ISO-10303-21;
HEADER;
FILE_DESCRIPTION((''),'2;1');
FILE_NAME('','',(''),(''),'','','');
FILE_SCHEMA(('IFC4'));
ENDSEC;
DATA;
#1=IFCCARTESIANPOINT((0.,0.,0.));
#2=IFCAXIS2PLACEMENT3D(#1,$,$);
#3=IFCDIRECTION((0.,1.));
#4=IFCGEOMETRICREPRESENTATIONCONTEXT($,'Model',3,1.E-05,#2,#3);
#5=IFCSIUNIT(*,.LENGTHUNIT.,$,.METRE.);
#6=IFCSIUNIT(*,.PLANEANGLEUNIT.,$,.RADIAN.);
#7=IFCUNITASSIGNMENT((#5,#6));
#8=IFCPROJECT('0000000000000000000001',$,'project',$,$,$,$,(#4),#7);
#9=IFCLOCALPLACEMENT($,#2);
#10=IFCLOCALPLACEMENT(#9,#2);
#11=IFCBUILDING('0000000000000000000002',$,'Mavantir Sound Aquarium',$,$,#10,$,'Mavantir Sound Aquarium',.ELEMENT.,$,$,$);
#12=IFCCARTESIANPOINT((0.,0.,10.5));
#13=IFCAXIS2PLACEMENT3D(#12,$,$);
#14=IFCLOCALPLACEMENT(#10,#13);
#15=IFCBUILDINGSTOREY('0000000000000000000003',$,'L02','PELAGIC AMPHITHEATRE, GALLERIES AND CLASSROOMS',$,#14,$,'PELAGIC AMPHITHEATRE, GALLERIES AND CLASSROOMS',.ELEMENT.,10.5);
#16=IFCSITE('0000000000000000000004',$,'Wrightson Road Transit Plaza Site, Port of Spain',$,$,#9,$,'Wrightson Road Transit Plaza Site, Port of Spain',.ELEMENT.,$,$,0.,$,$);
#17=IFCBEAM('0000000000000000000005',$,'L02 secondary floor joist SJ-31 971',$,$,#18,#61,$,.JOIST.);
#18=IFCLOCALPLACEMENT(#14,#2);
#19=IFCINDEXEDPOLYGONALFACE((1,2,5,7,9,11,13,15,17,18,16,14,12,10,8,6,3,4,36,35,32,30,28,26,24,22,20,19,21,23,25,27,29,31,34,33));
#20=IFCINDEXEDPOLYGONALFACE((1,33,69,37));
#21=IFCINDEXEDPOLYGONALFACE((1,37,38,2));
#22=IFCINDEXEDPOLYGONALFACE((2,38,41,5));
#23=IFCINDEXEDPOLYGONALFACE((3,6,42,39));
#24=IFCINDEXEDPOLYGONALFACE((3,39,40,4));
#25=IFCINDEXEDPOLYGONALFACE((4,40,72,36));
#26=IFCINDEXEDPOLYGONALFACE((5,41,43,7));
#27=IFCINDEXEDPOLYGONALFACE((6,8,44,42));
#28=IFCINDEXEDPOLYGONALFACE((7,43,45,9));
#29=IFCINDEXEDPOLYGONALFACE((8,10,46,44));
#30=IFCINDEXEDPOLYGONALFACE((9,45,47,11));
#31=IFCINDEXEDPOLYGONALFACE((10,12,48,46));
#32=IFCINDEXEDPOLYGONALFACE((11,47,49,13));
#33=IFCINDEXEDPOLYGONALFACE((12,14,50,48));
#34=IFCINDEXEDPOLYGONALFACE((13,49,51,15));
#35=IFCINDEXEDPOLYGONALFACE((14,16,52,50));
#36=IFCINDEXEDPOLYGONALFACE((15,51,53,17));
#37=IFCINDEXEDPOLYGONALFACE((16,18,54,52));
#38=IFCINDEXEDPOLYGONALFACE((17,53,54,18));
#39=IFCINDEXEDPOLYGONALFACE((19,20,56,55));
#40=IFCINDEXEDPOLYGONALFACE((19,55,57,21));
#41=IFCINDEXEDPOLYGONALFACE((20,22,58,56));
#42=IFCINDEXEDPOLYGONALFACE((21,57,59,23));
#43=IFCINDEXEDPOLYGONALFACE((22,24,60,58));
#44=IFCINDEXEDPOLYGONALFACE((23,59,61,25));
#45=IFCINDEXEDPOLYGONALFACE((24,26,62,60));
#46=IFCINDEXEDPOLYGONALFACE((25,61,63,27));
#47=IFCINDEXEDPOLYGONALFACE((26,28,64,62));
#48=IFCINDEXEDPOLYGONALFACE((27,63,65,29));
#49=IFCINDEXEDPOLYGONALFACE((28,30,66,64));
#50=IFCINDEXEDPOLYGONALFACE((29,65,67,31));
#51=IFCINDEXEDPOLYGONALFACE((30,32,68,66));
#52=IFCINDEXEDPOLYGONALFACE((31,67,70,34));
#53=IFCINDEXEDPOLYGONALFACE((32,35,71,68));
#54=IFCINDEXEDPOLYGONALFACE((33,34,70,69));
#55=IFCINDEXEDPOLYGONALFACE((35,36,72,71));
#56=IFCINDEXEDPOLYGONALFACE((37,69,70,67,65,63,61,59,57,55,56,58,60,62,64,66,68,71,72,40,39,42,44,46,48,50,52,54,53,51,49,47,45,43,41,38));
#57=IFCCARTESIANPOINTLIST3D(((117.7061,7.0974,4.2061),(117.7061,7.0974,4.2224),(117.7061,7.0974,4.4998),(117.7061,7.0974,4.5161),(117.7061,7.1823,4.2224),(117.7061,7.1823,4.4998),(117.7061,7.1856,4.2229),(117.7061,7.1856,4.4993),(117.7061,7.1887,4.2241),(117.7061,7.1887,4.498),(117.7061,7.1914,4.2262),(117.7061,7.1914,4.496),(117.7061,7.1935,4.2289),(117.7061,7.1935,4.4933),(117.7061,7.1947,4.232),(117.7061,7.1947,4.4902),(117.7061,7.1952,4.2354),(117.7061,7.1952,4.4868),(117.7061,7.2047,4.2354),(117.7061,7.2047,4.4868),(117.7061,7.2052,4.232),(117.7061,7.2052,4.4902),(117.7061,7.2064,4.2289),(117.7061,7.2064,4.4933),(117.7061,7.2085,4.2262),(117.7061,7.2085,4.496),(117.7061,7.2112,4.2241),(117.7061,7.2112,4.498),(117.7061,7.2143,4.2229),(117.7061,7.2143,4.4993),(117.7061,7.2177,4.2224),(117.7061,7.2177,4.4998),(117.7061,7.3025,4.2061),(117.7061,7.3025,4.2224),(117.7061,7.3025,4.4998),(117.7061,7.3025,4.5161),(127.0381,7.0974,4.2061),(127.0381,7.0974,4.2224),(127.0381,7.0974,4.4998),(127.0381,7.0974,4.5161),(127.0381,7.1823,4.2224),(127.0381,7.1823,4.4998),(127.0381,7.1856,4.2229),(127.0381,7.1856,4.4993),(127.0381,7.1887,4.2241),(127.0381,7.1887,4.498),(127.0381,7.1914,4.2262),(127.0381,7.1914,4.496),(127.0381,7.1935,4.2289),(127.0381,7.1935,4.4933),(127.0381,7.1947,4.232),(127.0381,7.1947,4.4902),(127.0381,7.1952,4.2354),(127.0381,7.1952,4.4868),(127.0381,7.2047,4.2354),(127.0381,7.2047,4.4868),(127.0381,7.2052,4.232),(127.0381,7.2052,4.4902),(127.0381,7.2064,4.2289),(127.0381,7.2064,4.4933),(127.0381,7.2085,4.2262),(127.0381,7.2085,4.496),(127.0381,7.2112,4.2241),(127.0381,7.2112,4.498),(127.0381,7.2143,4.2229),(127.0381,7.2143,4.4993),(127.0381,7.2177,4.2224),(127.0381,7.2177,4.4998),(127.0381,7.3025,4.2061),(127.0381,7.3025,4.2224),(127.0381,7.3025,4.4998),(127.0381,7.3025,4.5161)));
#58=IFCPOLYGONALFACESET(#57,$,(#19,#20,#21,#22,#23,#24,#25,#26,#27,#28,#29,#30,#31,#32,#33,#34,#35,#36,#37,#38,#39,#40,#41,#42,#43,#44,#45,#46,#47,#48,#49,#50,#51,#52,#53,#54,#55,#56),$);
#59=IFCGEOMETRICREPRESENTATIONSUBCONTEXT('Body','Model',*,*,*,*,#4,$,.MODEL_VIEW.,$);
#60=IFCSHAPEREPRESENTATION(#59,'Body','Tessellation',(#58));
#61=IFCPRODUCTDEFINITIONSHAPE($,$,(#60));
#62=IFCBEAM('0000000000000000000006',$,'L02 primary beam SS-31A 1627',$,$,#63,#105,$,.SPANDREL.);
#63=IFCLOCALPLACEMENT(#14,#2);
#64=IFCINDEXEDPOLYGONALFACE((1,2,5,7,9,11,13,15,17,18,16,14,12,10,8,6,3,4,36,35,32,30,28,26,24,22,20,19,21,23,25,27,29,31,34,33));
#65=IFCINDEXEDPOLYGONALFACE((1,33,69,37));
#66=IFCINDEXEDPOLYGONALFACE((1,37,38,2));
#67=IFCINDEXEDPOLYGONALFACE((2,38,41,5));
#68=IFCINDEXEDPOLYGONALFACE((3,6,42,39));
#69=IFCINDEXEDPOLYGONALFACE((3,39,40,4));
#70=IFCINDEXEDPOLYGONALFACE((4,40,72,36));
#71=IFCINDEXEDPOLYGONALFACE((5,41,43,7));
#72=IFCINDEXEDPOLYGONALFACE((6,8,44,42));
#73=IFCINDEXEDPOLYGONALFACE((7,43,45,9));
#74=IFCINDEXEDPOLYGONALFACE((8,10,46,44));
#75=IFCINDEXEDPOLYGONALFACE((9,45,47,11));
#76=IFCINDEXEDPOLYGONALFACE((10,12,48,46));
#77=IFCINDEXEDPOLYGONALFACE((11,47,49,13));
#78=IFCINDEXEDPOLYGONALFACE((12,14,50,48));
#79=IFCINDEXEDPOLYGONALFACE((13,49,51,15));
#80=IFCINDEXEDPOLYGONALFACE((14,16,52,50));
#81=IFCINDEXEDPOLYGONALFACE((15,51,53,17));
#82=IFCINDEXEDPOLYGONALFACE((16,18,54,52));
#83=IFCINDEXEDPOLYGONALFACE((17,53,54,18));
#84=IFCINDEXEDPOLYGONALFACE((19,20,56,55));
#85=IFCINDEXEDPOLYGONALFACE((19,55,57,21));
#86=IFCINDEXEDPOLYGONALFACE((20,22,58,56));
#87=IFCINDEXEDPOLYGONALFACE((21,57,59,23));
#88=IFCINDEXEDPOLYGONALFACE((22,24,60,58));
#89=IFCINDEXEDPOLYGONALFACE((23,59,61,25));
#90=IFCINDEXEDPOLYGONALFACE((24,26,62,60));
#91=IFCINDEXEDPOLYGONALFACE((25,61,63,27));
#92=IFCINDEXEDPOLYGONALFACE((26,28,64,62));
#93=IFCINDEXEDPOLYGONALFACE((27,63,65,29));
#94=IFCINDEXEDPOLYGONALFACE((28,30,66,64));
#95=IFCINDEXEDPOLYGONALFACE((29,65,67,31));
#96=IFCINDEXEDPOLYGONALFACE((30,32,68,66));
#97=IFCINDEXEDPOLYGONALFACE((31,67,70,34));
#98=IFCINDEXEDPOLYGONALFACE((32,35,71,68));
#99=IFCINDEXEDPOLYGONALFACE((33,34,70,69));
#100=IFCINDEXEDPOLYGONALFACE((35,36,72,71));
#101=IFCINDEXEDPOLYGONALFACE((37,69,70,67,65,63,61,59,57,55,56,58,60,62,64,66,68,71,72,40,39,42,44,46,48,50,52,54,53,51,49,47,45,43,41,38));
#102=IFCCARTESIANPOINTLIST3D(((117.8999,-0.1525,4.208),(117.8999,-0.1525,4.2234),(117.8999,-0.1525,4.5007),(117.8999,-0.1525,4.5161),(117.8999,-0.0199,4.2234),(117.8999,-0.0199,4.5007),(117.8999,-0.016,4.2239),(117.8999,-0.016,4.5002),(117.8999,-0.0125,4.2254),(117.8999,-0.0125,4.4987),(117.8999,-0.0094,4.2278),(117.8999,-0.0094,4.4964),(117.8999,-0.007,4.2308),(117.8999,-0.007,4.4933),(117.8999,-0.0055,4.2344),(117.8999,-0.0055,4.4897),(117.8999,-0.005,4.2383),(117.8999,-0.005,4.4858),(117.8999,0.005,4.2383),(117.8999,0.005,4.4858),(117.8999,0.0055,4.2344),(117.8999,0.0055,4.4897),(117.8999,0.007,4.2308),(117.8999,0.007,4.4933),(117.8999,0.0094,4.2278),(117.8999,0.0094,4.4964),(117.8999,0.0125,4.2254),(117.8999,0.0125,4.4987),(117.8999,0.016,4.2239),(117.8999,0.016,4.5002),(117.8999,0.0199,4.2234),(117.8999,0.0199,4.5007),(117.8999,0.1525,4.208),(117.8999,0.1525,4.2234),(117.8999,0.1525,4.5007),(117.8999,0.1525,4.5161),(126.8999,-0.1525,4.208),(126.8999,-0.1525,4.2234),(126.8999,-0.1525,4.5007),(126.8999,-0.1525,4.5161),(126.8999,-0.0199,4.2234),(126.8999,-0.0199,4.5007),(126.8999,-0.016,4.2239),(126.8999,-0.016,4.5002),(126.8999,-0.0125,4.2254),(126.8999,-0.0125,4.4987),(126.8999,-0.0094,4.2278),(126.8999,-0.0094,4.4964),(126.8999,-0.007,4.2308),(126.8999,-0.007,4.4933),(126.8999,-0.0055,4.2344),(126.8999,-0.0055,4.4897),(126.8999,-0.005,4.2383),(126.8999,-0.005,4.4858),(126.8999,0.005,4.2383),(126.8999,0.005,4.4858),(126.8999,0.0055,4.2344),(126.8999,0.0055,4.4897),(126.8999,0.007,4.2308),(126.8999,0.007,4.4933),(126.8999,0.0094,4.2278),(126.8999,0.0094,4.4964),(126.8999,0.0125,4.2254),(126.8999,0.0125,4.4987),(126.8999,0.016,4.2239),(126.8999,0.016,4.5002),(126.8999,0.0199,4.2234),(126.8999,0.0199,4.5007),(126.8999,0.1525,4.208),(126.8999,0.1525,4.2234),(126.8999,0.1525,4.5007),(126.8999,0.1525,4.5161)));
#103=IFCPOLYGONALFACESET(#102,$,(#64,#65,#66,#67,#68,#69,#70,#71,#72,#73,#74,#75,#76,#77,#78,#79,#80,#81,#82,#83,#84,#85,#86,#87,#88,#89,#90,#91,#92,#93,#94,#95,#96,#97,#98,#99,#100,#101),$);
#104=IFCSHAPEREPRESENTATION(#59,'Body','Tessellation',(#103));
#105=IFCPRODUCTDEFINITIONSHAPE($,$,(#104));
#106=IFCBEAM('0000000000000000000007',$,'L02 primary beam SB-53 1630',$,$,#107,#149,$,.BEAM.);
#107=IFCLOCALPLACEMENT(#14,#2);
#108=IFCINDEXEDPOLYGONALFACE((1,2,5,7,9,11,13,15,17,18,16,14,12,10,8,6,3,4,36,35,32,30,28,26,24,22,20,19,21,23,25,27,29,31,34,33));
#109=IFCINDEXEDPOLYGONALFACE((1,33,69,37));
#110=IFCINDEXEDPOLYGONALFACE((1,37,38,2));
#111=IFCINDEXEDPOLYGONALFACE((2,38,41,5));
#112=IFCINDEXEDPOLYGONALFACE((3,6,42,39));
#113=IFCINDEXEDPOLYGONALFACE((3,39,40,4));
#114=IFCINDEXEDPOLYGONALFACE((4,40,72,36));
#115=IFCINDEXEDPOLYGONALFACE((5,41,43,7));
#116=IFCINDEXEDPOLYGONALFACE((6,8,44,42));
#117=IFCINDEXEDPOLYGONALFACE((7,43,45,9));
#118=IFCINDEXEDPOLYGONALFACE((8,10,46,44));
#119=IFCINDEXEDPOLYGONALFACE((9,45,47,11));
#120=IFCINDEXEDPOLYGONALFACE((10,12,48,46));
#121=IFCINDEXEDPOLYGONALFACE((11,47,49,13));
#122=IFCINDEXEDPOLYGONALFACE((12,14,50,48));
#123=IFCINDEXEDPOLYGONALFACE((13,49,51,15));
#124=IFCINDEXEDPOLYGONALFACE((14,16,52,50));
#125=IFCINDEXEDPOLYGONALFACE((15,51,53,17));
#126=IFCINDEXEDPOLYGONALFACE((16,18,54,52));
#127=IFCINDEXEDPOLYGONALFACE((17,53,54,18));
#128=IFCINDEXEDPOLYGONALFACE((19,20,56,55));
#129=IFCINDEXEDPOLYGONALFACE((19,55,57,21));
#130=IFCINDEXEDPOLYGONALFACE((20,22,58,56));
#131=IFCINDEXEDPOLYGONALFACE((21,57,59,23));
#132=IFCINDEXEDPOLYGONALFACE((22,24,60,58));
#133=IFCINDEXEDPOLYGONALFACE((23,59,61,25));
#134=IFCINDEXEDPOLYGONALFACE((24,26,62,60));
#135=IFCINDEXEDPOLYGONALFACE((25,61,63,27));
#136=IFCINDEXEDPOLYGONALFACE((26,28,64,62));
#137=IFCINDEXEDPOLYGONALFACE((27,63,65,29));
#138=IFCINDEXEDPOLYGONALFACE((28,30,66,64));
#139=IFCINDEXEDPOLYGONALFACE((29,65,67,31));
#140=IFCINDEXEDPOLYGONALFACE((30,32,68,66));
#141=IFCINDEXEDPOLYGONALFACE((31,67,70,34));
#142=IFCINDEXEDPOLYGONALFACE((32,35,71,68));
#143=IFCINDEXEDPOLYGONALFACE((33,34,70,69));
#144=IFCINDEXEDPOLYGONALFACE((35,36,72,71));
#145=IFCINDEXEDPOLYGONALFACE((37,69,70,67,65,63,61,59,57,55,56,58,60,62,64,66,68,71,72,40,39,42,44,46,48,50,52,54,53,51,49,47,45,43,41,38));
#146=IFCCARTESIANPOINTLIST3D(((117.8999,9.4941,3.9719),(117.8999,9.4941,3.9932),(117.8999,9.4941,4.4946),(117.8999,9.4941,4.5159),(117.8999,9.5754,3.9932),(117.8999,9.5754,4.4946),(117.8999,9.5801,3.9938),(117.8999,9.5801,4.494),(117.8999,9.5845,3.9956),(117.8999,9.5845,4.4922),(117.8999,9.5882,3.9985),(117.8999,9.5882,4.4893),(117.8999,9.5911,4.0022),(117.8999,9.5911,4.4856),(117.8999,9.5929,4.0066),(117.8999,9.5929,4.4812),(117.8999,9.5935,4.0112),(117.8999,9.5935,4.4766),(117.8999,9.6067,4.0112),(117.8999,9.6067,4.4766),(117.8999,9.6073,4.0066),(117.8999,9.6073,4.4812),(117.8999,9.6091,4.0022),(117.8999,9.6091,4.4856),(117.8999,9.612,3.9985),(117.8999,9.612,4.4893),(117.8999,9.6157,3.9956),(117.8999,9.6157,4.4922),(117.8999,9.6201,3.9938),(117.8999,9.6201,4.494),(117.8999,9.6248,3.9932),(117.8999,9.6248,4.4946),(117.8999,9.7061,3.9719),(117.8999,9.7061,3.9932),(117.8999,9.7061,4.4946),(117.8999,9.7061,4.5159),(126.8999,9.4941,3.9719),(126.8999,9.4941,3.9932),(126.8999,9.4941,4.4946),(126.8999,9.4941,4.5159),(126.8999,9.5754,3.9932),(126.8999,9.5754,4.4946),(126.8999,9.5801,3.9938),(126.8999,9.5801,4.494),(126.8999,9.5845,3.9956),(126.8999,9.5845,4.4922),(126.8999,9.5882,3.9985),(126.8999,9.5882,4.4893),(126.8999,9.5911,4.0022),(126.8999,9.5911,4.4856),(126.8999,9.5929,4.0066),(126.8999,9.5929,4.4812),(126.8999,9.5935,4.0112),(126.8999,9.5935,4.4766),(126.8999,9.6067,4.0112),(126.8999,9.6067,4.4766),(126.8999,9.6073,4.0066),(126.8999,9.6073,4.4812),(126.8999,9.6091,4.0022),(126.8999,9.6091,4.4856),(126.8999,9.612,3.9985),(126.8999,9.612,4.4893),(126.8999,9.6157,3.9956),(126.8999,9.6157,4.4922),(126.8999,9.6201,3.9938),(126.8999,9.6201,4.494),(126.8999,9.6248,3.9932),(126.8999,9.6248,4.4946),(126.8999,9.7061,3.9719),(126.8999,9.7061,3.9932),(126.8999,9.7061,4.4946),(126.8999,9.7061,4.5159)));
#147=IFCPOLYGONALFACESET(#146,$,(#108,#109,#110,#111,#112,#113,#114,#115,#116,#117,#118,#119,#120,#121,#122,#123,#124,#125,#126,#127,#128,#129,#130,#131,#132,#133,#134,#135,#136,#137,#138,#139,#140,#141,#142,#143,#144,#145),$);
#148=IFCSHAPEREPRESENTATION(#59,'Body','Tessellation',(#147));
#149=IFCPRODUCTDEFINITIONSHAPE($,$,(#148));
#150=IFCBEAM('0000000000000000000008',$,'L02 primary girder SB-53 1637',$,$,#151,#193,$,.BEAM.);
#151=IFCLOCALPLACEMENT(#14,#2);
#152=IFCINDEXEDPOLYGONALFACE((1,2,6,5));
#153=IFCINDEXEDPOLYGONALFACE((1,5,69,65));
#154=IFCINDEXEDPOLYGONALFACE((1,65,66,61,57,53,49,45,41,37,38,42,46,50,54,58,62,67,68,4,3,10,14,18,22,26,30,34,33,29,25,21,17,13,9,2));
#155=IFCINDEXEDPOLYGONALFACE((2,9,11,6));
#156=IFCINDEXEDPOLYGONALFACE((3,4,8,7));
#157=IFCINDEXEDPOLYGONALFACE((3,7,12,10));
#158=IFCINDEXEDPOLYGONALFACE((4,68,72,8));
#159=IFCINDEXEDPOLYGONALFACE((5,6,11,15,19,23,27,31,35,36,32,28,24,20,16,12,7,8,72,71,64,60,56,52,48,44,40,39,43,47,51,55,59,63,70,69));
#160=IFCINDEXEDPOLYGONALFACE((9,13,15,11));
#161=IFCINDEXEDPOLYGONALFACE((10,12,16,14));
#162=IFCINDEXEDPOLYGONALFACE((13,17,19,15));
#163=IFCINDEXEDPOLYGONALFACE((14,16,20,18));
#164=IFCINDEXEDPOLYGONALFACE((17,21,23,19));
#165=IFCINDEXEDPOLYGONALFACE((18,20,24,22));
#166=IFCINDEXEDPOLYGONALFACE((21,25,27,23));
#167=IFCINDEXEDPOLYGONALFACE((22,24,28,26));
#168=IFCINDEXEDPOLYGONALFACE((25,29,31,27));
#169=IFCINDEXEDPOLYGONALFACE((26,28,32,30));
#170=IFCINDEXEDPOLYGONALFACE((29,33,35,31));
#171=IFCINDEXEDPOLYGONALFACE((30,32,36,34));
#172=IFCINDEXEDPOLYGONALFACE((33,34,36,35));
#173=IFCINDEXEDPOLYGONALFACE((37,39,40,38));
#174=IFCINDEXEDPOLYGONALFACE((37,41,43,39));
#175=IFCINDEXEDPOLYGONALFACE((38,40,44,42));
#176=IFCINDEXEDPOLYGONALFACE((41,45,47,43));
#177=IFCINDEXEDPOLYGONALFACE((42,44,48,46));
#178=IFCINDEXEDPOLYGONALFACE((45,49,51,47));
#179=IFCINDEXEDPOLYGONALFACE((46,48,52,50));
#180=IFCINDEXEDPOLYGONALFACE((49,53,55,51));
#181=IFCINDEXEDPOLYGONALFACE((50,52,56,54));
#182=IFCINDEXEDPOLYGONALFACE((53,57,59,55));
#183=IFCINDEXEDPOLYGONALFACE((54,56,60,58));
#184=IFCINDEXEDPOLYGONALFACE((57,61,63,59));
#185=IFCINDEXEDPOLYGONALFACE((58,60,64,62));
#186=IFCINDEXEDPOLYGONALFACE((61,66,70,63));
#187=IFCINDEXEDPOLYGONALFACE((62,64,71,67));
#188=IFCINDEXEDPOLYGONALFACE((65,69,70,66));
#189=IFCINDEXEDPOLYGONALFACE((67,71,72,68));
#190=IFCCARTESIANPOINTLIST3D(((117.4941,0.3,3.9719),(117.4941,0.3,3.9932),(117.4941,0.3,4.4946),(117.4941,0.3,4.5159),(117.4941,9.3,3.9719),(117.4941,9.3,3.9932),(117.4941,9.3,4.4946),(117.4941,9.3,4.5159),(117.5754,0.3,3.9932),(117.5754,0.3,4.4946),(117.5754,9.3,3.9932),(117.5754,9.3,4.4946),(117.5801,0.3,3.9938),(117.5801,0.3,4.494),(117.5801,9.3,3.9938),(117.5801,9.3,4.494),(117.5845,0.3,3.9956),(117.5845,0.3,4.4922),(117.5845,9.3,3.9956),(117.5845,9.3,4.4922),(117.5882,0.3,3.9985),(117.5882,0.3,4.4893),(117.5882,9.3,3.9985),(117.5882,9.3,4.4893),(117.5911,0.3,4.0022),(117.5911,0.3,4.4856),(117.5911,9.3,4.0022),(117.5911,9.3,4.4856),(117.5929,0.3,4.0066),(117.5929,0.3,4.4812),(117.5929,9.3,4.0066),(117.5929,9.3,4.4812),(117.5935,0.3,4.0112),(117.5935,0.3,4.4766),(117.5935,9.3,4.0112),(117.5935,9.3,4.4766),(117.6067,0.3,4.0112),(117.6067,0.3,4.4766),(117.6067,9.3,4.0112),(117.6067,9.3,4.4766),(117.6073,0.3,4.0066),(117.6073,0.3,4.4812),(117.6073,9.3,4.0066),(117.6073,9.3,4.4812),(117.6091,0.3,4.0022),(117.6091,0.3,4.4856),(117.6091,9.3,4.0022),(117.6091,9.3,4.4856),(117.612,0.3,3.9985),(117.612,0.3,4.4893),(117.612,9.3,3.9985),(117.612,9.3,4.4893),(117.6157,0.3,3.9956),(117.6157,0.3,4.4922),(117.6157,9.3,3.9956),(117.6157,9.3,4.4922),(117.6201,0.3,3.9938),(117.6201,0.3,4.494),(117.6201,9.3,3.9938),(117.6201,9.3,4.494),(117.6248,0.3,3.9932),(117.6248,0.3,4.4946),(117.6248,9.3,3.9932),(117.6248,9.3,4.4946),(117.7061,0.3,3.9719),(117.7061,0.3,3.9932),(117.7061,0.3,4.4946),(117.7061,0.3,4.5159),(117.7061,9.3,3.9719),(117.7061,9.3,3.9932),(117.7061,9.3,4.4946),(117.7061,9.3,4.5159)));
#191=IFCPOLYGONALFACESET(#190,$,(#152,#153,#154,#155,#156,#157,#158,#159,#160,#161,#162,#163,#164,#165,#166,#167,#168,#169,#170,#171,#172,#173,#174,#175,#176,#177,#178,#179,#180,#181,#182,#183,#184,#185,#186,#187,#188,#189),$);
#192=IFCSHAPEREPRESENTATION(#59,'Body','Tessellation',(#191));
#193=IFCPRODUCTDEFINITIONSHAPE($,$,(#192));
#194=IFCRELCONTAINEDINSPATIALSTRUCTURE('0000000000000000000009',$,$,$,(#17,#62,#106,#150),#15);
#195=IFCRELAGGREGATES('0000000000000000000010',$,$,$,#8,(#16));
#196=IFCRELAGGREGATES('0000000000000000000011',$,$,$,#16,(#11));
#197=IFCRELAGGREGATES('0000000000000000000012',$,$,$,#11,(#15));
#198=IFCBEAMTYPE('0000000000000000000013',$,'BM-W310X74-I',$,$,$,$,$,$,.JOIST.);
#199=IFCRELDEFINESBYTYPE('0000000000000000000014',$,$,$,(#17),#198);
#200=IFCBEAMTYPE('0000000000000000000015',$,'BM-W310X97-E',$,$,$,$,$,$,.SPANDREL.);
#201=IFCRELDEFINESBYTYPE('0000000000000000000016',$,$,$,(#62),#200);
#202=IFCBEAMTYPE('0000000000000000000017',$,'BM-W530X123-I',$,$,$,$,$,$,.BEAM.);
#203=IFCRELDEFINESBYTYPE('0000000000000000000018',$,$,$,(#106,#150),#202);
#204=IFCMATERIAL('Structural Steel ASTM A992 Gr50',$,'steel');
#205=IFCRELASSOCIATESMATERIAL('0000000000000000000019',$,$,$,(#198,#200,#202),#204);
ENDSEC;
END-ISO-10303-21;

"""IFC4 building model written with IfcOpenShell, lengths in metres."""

from ifc_helpers import new_model, si_unit, direction, frame, origin, origin_2d, place, context, subcontext, project, spatial, i_section, extrude, material, material_profile, profile_set, type_object, element, save


model = new_model("IFC4")

# Units and contexts
model_context = context("Model", 3, precision=1e-05, world=origin(), true_north=direction((0.0, 1.0)))
body_context = subcontext(model_context, "Body", "Model", "MODEL_VIEW")
ifc_project = project(units=[si_unit("LENGTHUNIT", "METRE"), si_unit("PLANEANGLEUNIT", "RADIAN")], contexts=[model_context])

# Site, building, storey
site_placement = place(None, origin())
site = spatial("IfcSite", under=ifc_project, at=site_placement, Name="Wrightson Road Transit Plaza Site, Port of Spain", LongName="Wrightson Road Transit Plaza Site, Port of Spain", CompositionType="ELEMENT", RefElevation=0.0)
building_placement = place(site_placement, origin())
building = spatial("IfcBuilding", under=site, at=building_placement, Name="Mavantir Sound Aquarium", LongName="Mavantir Sound Aquarium", CompositionType="ELEMENT")
storey_placement = place(building_placement, frame((0.0, 0.0, 10.5)))
storey = spatial("IfcBuildingStorey", under=building, at=storey_placement, Name="L02", Description="PELAGIC AMPHITHEATRE, GALLERIES AND CLASSROOMS", LongName="PELAGIC AMPHITHEATRE, GALLERIES AND CLASSROOMS", CompositionType="ELEMENT", Elevation=10.5)

# Beams
ifc_material_1 = material(Name="Structural Steel ASTM A992 Gr50", Category="steel")
ifc_material_profile_1 = material_profile(ifc_material_1, i_section(OverallWidth=0.2051, OverallDepth=0.3101, WebThickness=0.0095, FlangeThickness=0.0164, FilletRadius=0.0129, at=origin_2d()), Name="W310X74")
ifc_profile_set_1 = profile_set([ifc_material_profile_1], Name="Structural Steel ASTM A992 Gr50")
beam_type_1 = type_object("IfcBeamType", Name="BM-W310X74-I", PredefinedType="JOIST", material=ifc_profile_set_1)
beam_1_placement = place(storey_placement, frame((117.7061, 7.2, 4.3611), z_axis=(1.0, 0.0, 0.0), x_axis=(0.0, 1.0, 0.0)))
element("IfcBeam", 1, at=beam_1_placement, inside=storey, type_object=beam_type_1, Name="L02 secondary floor joist SJ-31 971", PredefinedType="JOIST", context=body_context, shape_type="SweptSolid", body=[
    extrude(i_section(OverallWidth=0.2051, OverallDepth=0.3101, WebThickness=0.0095, FlangeThickness=0.0164, FilletRadius=0.0129, at=origin_2d()), origin(), (0.0, 0.0, 1.0), 9.332),
])
ifc_material_profile_2 = material_profile(ifc_material_1, i_section(OverallWidth=0.3049, OverallDepth=0.3081, WebThickness=0.01, FlangeThickness=0.0154, FilletRadius=0.0149, at=origin_2d()), Name="W310X97")
ifc_profile_set_2 = profile_set([ifc_material_profile_2], Name="Structural Steel ASTM A992 Gr50")
beam_type_2 = type_object("IfcBeamType", Name="BM-W310X97-E", PredefinedType="SPANDREL", material=ifc_profile_set_2)
beam_2_placement = place(storey_placement, frame((117.8999, 0.0, 4.3621), z_axis=(1.0, 0.0, 0.0), x_axis=(0.0, 1.0, 0.0)))
element("IfcBeam", 2, at=beam_2_placement, inside=storey, type_object=beam_type_2, Name="L02 primary beam SS-31A 1627", PredefinedType="SPANDREL", context=body_context, shape_type="SweptSolid", body=[
    extrude(i_section(OverallWidth=0.3049, OverallDepth=0.3081, WebThickness=0.01, FlangeThickness=0.0154, FilletRadius=0.0149, at=origin_2d()), origin(), (0.0, 0.0, 1.0), 9.0),
])
ifc_material_profile_3 = material_profile(ifc_material_1, i_section(OverallWidth=0.2119, OverallDepth=0.5439, WebThickness=0.0132, FlangeThickness=0.0212, FilletRadius=0.0181, at=origin_2d()), Name="W530X123")
ifc_profile_set_3 = profile_set([ifc_material_profile_3], Name="Structural Steel ASTM A992 Gr50")
beam_type_3 = type_object("IfcBeamType", Name="BM-W530X123-I", PredefinedType="BEAM", material=ifc_profile_set_3)
for number, where, z_axis, x_axis, name in (
    (3, (117.8999, 9.6001, 4.2439), (1.0, 0.0, 0.0), (0.0, 1.0, 0.0), "L02 primary beam SB-53 1630"),
    (4, (117.6001, 0.3, 4.2439), (0.0, 1.0, 0.0), (-1.0, 0.0, 0.0), "L02 primary girder SB-53 1637"),
):
    element("IfcBeam", number, at=place(storey_placement, frame(where, z_axis=z_axis, x_axis=x_axis)), inside=storey, type_object=beam_type_3, Name=name, PredefinedType="BEAM", context=body_context, shape_type="SweptSolid", body=[
        extrude(i_section(OverallWidth=0.2119, OverallDepth=0.5439, WebThickness=0.0132, FlangeThickness=0.0212, FilletRadius=0.0181, at=origin_2d()), origin(), (0.0, 0.0, 1.0), 9.0),
    ])

save(model, "model.ifc")
